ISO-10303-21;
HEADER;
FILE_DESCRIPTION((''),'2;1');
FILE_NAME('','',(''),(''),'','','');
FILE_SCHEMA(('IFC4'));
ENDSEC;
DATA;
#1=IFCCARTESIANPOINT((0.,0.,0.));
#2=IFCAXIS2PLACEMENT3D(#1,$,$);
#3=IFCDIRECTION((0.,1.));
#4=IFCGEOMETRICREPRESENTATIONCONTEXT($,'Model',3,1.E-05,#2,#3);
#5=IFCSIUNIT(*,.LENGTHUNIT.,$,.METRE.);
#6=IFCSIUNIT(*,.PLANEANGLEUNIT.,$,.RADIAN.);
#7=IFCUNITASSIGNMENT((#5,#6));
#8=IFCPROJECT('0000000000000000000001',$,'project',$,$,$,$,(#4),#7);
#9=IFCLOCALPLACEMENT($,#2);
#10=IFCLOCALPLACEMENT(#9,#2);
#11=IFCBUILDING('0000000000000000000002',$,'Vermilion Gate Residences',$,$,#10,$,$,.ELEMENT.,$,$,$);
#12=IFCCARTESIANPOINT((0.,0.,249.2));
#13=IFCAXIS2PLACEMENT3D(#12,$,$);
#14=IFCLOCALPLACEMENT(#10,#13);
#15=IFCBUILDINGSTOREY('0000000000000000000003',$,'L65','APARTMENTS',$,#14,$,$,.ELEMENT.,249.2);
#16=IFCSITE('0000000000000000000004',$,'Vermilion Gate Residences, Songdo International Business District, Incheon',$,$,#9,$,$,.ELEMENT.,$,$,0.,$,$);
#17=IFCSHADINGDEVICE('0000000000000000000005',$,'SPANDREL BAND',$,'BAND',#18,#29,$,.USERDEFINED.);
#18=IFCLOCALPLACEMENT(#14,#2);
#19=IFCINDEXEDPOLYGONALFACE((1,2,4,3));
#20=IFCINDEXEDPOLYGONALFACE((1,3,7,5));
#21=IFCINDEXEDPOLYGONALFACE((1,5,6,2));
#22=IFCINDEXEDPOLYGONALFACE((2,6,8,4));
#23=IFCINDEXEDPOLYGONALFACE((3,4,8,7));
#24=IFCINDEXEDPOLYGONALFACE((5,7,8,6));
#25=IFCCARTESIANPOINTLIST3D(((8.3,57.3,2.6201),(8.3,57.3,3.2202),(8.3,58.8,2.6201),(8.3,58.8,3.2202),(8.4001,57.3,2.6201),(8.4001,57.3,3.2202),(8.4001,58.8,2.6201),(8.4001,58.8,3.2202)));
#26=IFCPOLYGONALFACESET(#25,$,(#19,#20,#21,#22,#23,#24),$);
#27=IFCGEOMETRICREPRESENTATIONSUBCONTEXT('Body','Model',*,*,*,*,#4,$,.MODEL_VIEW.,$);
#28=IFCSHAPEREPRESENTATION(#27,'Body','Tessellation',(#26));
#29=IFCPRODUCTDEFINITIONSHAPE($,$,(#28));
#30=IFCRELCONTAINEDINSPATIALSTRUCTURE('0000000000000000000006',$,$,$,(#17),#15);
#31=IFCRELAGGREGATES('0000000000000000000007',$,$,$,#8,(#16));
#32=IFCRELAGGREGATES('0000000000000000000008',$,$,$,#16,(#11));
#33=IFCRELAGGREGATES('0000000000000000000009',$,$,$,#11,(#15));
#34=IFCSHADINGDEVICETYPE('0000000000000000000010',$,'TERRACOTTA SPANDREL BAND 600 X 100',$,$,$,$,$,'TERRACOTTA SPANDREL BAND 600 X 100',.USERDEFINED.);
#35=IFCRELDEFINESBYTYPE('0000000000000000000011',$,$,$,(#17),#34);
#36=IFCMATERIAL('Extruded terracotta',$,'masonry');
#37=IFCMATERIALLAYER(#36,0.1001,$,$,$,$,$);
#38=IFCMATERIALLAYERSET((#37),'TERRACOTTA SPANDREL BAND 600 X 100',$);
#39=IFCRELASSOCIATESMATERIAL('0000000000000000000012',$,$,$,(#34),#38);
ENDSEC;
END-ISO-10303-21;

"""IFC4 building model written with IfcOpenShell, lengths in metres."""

from ifc_helpers import new_model, si_unit, direction, frame, origin, origin_2d, place, context, subcontext, project, spatial, rectangle, extrude, material, layer, layer_set, type_object, element, save


model = new_model("IFC4")

# Units and contexts
model_context = context("Model", 3, precision=1e-05, world=origin(), true_north=direction((0.0, 1.0)))
body_context = subcontext(model_context, "Body", "Model", "MODEL_VIEW")
ifc_project = project(units=[si_unit("LENGTHUNIT", "METRE"), si_unit("PLANEANGLEUNIT", "RADIAN")], contexts=[model_context])

# Site, building, storey
site_placement = place(None, origin())
site = spatial("IfcSite", under=ifc_project, at=site_placement, Name="Vermilion Gate Residences, Songdo International Business District, Incheon", CompositionType="ELEMENT", RefElevation=0.0)
building_placement = place(site_placement, origin())
building = spatial("IfcBuilding", under=site, at=building_placement, Name="Vermilion Gate Residences", CompositionType="ELEMENT")
storey_placement = place(building_placement, frame((0.0, 0.0, 249.2)))
storey = spatial("IfcBuildingStorey", under=building, at=storey_placement, Name="L65", Description="APARTMENTS", CompositionType="ELEMENT", Elevation=249.2)

# Shading device
ifc_material_1 = material(Name="Extruded terracotta", Category="masonry")
ifc_layer_1 = layer(ifc_material_1, 0.1001)
ifc_layer_set_1 = layer_set([ifc_layer_1], Name="TERRACOTTA SPANDREL BAND 600 X 100")
shading_device_type = type_object("IfcShadingDeviceType", Name="TERRACOTTA SPANDREL BAND 600 X 100", ElementType="TERRACOTTA SPANDREL BAND 600 X 100", PredefinedType="USERDEFINED", material=ifc_layer_set_1)
shading_device_1_placement = place(storey_placement, frame((8.3501, 58.05, 2.6201), z_axis=(0.0, 0.0, 1.0), x_axis=(0.0, 1.0, 0.0)))
element("IfcShadingDevice", 1, at=shading_device_1_placement, inside=storey, type_object=shading_device_type, Name="SPANDREL BAND", ObjectType="BAND", PredefinedType="USERDEFINED", context=body_context, shape_type="SweptSolid", body=[
    extrude(rectangle(XDim=1.5, YDim=0.1001, at=origin_2d()), origin(), (0.0, 0.0, 1.0), 0.6001),
])

save(model, "model.ifc")
